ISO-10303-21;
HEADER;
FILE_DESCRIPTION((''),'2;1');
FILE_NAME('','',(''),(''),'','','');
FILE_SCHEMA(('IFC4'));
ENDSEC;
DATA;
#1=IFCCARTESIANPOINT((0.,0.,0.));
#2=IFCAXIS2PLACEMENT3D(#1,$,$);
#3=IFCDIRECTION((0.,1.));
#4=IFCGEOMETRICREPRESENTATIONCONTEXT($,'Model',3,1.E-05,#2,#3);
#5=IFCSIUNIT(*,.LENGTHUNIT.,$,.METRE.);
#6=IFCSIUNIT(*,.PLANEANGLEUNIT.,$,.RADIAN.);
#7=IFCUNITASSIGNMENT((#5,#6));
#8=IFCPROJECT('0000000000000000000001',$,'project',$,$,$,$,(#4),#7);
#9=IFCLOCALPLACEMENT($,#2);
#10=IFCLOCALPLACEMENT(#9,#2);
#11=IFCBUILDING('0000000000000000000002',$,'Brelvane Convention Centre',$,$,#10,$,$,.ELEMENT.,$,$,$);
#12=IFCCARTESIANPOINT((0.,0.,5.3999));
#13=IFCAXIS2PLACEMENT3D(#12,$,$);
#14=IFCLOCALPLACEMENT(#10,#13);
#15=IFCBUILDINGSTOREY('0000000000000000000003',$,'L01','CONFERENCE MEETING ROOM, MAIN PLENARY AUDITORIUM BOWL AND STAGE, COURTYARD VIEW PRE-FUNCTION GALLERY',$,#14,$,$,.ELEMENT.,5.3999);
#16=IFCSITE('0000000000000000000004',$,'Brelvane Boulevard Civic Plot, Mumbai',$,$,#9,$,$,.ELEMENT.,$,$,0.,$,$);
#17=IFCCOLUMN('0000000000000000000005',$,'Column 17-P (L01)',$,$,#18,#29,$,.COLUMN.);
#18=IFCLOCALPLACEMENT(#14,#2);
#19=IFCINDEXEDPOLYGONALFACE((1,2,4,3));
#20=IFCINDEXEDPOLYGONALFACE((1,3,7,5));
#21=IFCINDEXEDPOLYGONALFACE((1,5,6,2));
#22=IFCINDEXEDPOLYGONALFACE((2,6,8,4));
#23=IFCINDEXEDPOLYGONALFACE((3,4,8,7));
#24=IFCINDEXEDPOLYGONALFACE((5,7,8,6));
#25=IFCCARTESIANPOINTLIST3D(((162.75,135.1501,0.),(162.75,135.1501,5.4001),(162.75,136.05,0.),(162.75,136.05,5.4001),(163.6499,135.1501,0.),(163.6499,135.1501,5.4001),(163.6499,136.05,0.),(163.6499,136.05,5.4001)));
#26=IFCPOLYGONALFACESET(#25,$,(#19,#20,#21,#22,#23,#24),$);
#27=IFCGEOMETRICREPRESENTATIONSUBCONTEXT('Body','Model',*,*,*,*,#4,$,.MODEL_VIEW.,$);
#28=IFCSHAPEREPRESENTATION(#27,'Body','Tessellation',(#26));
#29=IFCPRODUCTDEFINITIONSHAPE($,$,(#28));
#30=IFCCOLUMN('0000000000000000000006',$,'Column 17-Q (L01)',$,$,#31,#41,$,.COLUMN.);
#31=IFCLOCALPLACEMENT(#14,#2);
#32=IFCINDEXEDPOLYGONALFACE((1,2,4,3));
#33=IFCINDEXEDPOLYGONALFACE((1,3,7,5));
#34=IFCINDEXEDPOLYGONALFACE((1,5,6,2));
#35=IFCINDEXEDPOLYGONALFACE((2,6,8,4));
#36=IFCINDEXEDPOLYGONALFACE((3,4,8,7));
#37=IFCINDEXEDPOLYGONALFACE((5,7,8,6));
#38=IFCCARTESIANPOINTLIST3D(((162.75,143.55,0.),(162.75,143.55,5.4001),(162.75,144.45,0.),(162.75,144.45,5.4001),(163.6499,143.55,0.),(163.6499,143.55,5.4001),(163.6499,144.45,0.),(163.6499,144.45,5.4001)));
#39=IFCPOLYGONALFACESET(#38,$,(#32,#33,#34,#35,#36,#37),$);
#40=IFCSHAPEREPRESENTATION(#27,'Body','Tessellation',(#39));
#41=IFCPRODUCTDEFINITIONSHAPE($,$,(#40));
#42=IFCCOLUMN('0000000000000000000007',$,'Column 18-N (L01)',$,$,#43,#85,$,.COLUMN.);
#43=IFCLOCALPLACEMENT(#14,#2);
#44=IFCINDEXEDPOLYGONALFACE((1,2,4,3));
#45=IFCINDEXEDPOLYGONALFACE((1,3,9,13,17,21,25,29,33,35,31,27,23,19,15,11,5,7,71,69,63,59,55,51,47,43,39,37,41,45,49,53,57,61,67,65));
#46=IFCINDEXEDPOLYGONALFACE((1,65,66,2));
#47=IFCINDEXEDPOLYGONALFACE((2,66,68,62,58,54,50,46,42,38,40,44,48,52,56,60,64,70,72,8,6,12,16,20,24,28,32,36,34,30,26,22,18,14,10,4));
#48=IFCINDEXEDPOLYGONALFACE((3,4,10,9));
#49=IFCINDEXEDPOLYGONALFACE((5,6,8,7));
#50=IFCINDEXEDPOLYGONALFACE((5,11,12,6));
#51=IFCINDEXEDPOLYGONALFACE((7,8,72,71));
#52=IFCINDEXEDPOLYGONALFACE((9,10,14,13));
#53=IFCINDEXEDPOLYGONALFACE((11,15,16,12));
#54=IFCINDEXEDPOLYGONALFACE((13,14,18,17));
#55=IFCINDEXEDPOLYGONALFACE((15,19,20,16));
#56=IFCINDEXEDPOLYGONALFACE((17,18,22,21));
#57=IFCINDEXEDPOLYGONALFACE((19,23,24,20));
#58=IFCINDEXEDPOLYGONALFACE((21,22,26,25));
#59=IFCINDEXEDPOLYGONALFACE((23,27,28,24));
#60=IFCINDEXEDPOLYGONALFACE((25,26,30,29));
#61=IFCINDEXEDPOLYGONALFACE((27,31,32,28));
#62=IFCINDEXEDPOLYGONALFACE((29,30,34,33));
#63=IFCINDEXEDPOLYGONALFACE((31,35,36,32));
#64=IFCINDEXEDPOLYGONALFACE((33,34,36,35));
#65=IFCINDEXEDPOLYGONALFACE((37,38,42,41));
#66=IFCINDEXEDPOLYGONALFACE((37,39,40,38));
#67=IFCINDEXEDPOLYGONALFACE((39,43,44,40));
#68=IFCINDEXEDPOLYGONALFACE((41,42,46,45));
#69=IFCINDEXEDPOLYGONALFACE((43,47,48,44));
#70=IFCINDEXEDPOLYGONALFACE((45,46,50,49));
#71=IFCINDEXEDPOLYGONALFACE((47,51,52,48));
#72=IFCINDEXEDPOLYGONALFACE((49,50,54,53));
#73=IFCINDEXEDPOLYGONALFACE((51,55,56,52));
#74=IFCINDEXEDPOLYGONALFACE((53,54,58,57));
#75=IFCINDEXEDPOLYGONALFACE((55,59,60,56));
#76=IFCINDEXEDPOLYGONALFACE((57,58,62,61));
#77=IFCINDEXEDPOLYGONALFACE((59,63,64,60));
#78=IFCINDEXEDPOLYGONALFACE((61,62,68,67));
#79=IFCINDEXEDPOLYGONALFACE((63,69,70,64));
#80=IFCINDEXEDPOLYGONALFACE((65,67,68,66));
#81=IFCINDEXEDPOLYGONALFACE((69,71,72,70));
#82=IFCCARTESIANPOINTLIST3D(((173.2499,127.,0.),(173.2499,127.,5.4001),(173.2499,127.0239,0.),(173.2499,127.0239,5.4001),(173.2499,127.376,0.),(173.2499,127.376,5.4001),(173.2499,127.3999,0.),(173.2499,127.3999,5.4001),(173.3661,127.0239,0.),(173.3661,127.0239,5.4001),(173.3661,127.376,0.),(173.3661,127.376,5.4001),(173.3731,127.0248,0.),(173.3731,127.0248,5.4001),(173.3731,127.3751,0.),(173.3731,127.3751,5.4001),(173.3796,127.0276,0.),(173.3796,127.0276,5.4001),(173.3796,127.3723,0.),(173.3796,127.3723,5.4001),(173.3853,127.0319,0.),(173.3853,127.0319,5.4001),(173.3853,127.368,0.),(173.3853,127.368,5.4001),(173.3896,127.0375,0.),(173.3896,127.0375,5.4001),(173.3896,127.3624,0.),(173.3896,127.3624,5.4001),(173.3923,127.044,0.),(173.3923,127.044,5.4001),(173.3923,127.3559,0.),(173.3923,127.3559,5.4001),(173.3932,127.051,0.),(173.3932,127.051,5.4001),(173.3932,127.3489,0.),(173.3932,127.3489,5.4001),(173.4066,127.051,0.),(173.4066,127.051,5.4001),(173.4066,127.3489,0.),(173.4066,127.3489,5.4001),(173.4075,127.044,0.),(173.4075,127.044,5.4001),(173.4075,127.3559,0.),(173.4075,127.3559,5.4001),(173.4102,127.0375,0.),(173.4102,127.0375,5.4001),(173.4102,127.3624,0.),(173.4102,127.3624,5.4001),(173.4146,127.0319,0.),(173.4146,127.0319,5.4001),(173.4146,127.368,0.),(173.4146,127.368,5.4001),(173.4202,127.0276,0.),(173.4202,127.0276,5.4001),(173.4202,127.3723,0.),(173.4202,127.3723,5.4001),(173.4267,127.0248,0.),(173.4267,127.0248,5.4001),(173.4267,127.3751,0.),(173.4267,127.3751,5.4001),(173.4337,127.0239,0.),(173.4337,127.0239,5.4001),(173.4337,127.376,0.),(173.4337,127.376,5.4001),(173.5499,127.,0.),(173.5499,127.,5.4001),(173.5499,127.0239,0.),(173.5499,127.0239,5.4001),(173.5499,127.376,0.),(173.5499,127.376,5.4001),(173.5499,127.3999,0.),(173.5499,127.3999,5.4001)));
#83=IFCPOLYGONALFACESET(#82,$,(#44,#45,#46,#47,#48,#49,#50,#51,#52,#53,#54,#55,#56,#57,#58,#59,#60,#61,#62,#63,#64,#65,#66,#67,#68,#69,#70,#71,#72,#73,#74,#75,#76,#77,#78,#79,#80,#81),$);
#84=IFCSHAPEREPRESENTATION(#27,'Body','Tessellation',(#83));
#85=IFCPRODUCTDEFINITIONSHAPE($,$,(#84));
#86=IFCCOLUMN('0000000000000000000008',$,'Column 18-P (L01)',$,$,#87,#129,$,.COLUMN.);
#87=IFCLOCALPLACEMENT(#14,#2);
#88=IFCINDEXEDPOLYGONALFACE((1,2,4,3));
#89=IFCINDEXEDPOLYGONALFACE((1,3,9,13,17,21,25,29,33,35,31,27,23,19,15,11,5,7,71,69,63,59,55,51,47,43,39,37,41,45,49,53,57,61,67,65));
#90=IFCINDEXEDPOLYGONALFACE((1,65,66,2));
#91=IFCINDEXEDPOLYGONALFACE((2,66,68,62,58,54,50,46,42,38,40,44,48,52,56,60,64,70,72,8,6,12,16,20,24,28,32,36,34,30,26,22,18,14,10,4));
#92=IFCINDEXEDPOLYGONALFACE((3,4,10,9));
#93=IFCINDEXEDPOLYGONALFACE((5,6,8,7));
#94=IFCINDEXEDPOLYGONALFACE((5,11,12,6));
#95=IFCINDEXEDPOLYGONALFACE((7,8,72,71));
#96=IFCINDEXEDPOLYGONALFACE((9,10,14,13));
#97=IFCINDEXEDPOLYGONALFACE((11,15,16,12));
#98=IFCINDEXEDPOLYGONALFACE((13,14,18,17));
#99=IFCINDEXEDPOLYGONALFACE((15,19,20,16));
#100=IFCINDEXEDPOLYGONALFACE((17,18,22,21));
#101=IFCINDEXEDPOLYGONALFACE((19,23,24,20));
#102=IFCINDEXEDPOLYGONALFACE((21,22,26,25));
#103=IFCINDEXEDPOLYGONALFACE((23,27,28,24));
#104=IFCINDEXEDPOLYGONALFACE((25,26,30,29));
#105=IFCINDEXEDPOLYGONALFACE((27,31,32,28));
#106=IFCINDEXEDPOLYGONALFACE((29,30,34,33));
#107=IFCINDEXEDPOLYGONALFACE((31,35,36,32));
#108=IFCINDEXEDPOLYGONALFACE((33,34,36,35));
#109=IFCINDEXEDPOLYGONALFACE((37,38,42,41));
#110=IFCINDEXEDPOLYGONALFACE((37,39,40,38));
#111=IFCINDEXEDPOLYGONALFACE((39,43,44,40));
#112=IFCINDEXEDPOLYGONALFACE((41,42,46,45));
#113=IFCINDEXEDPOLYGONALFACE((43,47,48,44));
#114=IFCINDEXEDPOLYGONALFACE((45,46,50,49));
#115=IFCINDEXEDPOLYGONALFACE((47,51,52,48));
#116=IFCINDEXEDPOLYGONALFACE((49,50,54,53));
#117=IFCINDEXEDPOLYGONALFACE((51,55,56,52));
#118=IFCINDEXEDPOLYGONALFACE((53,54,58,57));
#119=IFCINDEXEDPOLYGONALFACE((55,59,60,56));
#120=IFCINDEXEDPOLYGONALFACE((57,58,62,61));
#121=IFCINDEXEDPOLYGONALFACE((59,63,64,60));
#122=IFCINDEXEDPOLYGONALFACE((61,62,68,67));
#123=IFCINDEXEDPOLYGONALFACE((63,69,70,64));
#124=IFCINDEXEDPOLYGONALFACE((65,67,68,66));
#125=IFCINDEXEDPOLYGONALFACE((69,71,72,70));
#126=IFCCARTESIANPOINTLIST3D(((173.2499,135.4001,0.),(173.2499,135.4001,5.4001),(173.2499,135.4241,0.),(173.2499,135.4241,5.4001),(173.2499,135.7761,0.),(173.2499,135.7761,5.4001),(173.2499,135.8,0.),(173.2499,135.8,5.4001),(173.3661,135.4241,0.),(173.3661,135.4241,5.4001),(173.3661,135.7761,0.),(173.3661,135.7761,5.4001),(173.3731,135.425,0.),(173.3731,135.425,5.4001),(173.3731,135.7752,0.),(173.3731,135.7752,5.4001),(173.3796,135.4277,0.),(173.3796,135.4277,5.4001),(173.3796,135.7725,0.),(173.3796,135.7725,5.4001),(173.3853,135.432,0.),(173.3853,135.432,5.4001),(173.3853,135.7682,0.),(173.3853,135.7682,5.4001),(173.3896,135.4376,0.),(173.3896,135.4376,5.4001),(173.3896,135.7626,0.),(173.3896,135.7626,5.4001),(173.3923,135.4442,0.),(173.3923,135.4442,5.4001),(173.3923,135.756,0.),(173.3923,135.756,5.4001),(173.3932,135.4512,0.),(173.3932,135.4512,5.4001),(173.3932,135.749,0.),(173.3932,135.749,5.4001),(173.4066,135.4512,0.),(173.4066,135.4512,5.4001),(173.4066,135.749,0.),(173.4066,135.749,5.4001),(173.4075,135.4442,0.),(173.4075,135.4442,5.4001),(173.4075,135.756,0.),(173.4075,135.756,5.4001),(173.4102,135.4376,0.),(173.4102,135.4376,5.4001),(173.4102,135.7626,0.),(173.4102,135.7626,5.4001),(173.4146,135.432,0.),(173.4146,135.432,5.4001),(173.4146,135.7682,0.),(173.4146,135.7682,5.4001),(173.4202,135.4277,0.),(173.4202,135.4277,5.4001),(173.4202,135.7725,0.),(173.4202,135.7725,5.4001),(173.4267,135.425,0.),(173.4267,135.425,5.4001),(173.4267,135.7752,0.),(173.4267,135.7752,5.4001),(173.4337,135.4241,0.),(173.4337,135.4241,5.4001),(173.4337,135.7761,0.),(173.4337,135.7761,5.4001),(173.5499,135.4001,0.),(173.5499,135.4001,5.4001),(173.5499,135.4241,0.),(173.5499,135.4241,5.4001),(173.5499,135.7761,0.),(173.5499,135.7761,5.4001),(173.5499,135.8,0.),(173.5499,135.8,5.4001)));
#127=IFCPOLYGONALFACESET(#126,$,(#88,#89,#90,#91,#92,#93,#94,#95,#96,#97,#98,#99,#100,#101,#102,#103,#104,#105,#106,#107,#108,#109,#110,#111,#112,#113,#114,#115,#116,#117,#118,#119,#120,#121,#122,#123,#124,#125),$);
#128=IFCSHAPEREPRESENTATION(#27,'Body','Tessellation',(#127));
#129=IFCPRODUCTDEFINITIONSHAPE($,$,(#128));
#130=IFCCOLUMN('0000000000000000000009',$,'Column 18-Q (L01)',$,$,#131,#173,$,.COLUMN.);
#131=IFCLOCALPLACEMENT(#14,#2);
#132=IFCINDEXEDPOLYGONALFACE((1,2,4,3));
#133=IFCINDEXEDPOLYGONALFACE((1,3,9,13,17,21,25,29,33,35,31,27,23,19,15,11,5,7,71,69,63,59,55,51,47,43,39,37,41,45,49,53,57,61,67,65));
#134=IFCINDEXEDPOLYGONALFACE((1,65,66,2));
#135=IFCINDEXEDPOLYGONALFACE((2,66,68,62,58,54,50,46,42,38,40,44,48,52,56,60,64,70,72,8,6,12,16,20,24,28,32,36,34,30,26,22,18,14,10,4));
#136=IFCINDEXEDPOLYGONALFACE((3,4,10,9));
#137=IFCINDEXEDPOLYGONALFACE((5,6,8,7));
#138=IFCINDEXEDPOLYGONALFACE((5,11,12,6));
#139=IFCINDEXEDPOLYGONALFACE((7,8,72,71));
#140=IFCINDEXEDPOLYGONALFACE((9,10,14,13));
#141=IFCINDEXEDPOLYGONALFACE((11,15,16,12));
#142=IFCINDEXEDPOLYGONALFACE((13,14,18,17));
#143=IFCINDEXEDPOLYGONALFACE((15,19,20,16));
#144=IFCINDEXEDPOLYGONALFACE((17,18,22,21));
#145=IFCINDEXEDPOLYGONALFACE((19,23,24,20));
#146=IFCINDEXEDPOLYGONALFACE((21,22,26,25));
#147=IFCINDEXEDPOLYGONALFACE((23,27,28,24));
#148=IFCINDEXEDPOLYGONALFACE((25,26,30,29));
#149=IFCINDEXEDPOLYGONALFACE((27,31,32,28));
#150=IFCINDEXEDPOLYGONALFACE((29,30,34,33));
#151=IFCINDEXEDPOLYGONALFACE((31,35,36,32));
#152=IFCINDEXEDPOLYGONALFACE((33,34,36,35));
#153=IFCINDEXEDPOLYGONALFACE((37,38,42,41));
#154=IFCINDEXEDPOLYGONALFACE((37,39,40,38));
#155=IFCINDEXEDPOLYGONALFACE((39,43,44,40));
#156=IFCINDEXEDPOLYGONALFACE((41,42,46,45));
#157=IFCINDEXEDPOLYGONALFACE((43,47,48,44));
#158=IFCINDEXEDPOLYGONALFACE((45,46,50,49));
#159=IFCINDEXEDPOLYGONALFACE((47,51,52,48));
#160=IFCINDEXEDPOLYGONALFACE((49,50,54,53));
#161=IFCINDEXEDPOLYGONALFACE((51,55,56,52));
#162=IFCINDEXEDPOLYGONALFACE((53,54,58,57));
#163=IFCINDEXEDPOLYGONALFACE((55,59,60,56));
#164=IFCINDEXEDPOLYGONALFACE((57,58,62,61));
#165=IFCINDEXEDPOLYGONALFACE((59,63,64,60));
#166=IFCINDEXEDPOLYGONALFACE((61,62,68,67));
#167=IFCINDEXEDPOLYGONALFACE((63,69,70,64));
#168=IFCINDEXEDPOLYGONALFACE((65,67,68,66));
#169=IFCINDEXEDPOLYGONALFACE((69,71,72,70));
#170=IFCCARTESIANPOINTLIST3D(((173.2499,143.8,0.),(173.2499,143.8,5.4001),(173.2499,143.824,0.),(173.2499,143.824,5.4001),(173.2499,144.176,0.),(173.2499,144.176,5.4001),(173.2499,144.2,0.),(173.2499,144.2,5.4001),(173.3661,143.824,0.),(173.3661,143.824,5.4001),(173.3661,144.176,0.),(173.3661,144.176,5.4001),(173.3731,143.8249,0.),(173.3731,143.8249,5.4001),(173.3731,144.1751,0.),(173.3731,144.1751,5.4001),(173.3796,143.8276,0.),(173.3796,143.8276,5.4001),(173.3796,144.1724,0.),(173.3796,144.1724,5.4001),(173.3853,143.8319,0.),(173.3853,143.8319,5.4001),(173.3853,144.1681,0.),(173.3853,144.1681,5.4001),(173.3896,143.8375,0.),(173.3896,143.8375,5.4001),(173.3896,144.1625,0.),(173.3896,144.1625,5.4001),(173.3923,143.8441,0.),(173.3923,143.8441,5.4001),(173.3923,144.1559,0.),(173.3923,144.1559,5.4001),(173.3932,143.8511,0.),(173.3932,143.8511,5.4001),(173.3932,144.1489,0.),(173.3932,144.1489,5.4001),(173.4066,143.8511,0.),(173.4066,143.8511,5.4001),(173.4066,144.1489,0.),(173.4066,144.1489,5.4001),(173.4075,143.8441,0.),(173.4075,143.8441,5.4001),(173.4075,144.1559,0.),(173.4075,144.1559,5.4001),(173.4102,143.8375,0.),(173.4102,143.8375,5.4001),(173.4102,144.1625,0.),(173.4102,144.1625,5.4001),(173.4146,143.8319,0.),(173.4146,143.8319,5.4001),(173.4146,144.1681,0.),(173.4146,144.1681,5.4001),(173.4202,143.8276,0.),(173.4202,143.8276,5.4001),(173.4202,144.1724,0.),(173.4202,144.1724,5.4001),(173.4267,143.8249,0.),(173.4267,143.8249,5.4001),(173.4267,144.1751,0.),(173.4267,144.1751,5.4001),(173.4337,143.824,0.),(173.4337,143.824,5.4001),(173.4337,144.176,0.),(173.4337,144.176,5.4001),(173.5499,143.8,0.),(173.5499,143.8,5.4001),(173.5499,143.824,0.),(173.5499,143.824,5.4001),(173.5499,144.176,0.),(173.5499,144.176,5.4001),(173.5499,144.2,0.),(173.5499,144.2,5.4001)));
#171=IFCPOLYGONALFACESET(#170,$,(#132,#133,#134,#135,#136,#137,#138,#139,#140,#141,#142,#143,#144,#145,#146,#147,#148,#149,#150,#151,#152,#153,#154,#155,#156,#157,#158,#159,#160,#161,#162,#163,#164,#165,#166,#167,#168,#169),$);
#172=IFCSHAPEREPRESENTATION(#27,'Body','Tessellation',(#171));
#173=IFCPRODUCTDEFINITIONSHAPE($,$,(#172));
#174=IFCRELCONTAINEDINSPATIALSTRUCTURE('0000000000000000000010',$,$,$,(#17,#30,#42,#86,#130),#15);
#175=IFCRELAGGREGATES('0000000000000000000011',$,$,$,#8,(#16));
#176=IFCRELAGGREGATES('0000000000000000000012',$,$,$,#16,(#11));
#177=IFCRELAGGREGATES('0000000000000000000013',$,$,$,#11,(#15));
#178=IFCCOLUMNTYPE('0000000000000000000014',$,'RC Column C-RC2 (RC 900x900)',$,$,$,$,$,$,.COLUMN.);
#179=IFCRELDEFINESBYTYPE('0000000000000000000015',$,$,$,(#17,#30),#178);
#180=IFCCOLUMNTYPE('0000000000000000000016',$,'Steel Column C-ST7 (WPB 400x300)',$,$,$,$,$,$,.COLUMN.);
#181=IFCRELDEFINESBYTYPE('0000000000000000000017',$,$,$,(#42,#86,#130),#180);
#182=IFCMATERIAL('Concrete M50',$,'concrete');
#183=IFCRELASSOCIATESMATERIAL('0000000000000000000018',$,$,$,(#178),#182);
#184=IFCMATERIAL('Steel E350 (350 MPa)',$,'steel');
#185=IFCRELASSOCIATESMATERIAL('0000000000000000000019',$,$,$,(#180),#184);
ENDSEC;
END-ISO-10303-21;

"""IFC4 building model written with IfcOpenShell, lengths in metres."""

from ifc_helpers import new_model, si_unit, direction, frame, origin, origin_2d, place, context, subcontext, project, spatial, rectangle, i_section, extrude, material, material_profile, profile_set, type_object, element, save


model = new_model("IFC4")

# Units and contexts
model_context = context("Model", 3, precision=1e-05, world=origin(), true_north=direction((0.0, 1.0)))
body_context = subcontext(model_context, "Body", "Model", "MODEL_VIEW")
ifc_project = project(units=[si_unit("LENGTHUNIT", "METRE"), si_unit("PLANEANGLEUNIT", "RADIAN")], contexts=[model_context])

# Site, building, storey
site_placement = place(None, origin())
site = spatial("IfcSite", under=ifc_project, at=site_placement, Name="Brelvane Boulevard Civic Plot, Mumbai", CompositionType="ELEMENT", RefElevation=0.0)
building_placement = place(site_placement, origin())
building = spatial("IfcBuilding", under=site, at=building_placement, Name="Brelvane Convention Centre", CompositionType="ELEMENT")
storey_placement = place(building_placement, frame((0.0, 0.0, 5.3999)))
storey = spatial("IfcBuildingStorey", under=building, at=storey_placement, Name="L01", Description="CONFERENCE MEETING ROOM, MAIN PLENARY AUDITORIUM BOWL AND STAGE, COURTYARD VIEW PRE-FUNCTION GALLERY", CompositionType="ELEMENT", Elevation=5.3999)

# Columns
ifc_material_1 = material(Name="Concrete M50", Category="concrete")
ifc_material_profile_1 = material_profile(ifc_material_1, rectangle(XDim=0.8999, YDim=0.8999, at=origin_2d()), Name="RC 900x900")
ifc_profile_set_1 = profile_set([ifc_material_profile_1], Name="Concrete M50")
column_type_1 = type_object("IfcColumnType", Name="RC Column C-RC2 (RC 900x900)", PredefinedType="COLUMN", material=ifc_profile_set_1)
for number, where, z_axis, x_axis, name in (
    (1, (163.2, 135.6001, 0.0), (0.0, 0.0, 1.0), (1.0, 0.0, 0.0), "Column 17-P (L01)"),
    (2, (163.2, 144.0, 0.0), (0.0, 0.0, 1.0), (1.0, 0.0, 0.0), "Column 17-Q (L01)"),
):
    element("IfcColumn", number, at=place(storey_placement, frame(where, z_axis=z_axis, x_axis=x_axis)), inside=storey, type_object=column_type_1, Name=name, PredefinedType="COLUMN", context=body_context, shape_type="SweptSolid", body=[
        extrude(rectangle(XDim=0.8999, YDim=0.8999, at=origin_2d()), origin(), (0.0, 0.0, 1.0), 5.4001),
    ])
ifc_material_2 = material(Name="Steel E350 (350 MPa)", Category="steel")
ifc_material_profile_2 = material_profile(ifc_material_2, i_section(OverallWidth=0.3, OverallDepth=0.3999, WebThickness=0.0134, FlangeThickness=0.0239, FilletRadius=0.0271, at=origin_2d()), Name="WPB 400x300")
ifc_profile_set_2 = profile_set([ifc_material_profile_2], Name="Steel E350 (350 MPa)")
column_type_2 = type_object("IfcColumnType", Name="Steel Column C-ST7 (WPB 400x300)", PredefinedType="COLUMN", material=ifc_profile_set_2)
for number, where, z_axis, x_axis, name in (
    (3, (173.3999, 127.2, 0.0), (0.0, 0.0, 1.0), (1.0, 0.0, 0.0), "Column 18-N (L01)"),
    (4, (173.3999, 135.6001, 0.0), (0.0, 0.0, 1.0), (1.0, 0.0, 0.0), "Column 18-P (L01)"),
    (5, (173.3999, 144.0, 0.0), (0.0, 0.0, 1.0), (1.0, 0.0, 0.0), "Column 18-Q (L01)"),
):
    element("IfcColumn", number, at=place(storey_placement, frame(where, z_axis=z_axis, x_axis=x_axis)), inside=storey, type_object=column_type_2, Name=name, PredefinedType="COLUMN", context=body_context, shape_type="SweptSolid", body=[
        extrude(i_section(OverallWidth=0.3, OverallDepth=0.3999, WebThickness=0.0134, FlangeThickness=0.0239, FilletRadius=0.0271, at=origin_2d()), origin(), (0.0, 0.0, 1.0), 5.4001),
    ])

save(model, "model.ifc")
